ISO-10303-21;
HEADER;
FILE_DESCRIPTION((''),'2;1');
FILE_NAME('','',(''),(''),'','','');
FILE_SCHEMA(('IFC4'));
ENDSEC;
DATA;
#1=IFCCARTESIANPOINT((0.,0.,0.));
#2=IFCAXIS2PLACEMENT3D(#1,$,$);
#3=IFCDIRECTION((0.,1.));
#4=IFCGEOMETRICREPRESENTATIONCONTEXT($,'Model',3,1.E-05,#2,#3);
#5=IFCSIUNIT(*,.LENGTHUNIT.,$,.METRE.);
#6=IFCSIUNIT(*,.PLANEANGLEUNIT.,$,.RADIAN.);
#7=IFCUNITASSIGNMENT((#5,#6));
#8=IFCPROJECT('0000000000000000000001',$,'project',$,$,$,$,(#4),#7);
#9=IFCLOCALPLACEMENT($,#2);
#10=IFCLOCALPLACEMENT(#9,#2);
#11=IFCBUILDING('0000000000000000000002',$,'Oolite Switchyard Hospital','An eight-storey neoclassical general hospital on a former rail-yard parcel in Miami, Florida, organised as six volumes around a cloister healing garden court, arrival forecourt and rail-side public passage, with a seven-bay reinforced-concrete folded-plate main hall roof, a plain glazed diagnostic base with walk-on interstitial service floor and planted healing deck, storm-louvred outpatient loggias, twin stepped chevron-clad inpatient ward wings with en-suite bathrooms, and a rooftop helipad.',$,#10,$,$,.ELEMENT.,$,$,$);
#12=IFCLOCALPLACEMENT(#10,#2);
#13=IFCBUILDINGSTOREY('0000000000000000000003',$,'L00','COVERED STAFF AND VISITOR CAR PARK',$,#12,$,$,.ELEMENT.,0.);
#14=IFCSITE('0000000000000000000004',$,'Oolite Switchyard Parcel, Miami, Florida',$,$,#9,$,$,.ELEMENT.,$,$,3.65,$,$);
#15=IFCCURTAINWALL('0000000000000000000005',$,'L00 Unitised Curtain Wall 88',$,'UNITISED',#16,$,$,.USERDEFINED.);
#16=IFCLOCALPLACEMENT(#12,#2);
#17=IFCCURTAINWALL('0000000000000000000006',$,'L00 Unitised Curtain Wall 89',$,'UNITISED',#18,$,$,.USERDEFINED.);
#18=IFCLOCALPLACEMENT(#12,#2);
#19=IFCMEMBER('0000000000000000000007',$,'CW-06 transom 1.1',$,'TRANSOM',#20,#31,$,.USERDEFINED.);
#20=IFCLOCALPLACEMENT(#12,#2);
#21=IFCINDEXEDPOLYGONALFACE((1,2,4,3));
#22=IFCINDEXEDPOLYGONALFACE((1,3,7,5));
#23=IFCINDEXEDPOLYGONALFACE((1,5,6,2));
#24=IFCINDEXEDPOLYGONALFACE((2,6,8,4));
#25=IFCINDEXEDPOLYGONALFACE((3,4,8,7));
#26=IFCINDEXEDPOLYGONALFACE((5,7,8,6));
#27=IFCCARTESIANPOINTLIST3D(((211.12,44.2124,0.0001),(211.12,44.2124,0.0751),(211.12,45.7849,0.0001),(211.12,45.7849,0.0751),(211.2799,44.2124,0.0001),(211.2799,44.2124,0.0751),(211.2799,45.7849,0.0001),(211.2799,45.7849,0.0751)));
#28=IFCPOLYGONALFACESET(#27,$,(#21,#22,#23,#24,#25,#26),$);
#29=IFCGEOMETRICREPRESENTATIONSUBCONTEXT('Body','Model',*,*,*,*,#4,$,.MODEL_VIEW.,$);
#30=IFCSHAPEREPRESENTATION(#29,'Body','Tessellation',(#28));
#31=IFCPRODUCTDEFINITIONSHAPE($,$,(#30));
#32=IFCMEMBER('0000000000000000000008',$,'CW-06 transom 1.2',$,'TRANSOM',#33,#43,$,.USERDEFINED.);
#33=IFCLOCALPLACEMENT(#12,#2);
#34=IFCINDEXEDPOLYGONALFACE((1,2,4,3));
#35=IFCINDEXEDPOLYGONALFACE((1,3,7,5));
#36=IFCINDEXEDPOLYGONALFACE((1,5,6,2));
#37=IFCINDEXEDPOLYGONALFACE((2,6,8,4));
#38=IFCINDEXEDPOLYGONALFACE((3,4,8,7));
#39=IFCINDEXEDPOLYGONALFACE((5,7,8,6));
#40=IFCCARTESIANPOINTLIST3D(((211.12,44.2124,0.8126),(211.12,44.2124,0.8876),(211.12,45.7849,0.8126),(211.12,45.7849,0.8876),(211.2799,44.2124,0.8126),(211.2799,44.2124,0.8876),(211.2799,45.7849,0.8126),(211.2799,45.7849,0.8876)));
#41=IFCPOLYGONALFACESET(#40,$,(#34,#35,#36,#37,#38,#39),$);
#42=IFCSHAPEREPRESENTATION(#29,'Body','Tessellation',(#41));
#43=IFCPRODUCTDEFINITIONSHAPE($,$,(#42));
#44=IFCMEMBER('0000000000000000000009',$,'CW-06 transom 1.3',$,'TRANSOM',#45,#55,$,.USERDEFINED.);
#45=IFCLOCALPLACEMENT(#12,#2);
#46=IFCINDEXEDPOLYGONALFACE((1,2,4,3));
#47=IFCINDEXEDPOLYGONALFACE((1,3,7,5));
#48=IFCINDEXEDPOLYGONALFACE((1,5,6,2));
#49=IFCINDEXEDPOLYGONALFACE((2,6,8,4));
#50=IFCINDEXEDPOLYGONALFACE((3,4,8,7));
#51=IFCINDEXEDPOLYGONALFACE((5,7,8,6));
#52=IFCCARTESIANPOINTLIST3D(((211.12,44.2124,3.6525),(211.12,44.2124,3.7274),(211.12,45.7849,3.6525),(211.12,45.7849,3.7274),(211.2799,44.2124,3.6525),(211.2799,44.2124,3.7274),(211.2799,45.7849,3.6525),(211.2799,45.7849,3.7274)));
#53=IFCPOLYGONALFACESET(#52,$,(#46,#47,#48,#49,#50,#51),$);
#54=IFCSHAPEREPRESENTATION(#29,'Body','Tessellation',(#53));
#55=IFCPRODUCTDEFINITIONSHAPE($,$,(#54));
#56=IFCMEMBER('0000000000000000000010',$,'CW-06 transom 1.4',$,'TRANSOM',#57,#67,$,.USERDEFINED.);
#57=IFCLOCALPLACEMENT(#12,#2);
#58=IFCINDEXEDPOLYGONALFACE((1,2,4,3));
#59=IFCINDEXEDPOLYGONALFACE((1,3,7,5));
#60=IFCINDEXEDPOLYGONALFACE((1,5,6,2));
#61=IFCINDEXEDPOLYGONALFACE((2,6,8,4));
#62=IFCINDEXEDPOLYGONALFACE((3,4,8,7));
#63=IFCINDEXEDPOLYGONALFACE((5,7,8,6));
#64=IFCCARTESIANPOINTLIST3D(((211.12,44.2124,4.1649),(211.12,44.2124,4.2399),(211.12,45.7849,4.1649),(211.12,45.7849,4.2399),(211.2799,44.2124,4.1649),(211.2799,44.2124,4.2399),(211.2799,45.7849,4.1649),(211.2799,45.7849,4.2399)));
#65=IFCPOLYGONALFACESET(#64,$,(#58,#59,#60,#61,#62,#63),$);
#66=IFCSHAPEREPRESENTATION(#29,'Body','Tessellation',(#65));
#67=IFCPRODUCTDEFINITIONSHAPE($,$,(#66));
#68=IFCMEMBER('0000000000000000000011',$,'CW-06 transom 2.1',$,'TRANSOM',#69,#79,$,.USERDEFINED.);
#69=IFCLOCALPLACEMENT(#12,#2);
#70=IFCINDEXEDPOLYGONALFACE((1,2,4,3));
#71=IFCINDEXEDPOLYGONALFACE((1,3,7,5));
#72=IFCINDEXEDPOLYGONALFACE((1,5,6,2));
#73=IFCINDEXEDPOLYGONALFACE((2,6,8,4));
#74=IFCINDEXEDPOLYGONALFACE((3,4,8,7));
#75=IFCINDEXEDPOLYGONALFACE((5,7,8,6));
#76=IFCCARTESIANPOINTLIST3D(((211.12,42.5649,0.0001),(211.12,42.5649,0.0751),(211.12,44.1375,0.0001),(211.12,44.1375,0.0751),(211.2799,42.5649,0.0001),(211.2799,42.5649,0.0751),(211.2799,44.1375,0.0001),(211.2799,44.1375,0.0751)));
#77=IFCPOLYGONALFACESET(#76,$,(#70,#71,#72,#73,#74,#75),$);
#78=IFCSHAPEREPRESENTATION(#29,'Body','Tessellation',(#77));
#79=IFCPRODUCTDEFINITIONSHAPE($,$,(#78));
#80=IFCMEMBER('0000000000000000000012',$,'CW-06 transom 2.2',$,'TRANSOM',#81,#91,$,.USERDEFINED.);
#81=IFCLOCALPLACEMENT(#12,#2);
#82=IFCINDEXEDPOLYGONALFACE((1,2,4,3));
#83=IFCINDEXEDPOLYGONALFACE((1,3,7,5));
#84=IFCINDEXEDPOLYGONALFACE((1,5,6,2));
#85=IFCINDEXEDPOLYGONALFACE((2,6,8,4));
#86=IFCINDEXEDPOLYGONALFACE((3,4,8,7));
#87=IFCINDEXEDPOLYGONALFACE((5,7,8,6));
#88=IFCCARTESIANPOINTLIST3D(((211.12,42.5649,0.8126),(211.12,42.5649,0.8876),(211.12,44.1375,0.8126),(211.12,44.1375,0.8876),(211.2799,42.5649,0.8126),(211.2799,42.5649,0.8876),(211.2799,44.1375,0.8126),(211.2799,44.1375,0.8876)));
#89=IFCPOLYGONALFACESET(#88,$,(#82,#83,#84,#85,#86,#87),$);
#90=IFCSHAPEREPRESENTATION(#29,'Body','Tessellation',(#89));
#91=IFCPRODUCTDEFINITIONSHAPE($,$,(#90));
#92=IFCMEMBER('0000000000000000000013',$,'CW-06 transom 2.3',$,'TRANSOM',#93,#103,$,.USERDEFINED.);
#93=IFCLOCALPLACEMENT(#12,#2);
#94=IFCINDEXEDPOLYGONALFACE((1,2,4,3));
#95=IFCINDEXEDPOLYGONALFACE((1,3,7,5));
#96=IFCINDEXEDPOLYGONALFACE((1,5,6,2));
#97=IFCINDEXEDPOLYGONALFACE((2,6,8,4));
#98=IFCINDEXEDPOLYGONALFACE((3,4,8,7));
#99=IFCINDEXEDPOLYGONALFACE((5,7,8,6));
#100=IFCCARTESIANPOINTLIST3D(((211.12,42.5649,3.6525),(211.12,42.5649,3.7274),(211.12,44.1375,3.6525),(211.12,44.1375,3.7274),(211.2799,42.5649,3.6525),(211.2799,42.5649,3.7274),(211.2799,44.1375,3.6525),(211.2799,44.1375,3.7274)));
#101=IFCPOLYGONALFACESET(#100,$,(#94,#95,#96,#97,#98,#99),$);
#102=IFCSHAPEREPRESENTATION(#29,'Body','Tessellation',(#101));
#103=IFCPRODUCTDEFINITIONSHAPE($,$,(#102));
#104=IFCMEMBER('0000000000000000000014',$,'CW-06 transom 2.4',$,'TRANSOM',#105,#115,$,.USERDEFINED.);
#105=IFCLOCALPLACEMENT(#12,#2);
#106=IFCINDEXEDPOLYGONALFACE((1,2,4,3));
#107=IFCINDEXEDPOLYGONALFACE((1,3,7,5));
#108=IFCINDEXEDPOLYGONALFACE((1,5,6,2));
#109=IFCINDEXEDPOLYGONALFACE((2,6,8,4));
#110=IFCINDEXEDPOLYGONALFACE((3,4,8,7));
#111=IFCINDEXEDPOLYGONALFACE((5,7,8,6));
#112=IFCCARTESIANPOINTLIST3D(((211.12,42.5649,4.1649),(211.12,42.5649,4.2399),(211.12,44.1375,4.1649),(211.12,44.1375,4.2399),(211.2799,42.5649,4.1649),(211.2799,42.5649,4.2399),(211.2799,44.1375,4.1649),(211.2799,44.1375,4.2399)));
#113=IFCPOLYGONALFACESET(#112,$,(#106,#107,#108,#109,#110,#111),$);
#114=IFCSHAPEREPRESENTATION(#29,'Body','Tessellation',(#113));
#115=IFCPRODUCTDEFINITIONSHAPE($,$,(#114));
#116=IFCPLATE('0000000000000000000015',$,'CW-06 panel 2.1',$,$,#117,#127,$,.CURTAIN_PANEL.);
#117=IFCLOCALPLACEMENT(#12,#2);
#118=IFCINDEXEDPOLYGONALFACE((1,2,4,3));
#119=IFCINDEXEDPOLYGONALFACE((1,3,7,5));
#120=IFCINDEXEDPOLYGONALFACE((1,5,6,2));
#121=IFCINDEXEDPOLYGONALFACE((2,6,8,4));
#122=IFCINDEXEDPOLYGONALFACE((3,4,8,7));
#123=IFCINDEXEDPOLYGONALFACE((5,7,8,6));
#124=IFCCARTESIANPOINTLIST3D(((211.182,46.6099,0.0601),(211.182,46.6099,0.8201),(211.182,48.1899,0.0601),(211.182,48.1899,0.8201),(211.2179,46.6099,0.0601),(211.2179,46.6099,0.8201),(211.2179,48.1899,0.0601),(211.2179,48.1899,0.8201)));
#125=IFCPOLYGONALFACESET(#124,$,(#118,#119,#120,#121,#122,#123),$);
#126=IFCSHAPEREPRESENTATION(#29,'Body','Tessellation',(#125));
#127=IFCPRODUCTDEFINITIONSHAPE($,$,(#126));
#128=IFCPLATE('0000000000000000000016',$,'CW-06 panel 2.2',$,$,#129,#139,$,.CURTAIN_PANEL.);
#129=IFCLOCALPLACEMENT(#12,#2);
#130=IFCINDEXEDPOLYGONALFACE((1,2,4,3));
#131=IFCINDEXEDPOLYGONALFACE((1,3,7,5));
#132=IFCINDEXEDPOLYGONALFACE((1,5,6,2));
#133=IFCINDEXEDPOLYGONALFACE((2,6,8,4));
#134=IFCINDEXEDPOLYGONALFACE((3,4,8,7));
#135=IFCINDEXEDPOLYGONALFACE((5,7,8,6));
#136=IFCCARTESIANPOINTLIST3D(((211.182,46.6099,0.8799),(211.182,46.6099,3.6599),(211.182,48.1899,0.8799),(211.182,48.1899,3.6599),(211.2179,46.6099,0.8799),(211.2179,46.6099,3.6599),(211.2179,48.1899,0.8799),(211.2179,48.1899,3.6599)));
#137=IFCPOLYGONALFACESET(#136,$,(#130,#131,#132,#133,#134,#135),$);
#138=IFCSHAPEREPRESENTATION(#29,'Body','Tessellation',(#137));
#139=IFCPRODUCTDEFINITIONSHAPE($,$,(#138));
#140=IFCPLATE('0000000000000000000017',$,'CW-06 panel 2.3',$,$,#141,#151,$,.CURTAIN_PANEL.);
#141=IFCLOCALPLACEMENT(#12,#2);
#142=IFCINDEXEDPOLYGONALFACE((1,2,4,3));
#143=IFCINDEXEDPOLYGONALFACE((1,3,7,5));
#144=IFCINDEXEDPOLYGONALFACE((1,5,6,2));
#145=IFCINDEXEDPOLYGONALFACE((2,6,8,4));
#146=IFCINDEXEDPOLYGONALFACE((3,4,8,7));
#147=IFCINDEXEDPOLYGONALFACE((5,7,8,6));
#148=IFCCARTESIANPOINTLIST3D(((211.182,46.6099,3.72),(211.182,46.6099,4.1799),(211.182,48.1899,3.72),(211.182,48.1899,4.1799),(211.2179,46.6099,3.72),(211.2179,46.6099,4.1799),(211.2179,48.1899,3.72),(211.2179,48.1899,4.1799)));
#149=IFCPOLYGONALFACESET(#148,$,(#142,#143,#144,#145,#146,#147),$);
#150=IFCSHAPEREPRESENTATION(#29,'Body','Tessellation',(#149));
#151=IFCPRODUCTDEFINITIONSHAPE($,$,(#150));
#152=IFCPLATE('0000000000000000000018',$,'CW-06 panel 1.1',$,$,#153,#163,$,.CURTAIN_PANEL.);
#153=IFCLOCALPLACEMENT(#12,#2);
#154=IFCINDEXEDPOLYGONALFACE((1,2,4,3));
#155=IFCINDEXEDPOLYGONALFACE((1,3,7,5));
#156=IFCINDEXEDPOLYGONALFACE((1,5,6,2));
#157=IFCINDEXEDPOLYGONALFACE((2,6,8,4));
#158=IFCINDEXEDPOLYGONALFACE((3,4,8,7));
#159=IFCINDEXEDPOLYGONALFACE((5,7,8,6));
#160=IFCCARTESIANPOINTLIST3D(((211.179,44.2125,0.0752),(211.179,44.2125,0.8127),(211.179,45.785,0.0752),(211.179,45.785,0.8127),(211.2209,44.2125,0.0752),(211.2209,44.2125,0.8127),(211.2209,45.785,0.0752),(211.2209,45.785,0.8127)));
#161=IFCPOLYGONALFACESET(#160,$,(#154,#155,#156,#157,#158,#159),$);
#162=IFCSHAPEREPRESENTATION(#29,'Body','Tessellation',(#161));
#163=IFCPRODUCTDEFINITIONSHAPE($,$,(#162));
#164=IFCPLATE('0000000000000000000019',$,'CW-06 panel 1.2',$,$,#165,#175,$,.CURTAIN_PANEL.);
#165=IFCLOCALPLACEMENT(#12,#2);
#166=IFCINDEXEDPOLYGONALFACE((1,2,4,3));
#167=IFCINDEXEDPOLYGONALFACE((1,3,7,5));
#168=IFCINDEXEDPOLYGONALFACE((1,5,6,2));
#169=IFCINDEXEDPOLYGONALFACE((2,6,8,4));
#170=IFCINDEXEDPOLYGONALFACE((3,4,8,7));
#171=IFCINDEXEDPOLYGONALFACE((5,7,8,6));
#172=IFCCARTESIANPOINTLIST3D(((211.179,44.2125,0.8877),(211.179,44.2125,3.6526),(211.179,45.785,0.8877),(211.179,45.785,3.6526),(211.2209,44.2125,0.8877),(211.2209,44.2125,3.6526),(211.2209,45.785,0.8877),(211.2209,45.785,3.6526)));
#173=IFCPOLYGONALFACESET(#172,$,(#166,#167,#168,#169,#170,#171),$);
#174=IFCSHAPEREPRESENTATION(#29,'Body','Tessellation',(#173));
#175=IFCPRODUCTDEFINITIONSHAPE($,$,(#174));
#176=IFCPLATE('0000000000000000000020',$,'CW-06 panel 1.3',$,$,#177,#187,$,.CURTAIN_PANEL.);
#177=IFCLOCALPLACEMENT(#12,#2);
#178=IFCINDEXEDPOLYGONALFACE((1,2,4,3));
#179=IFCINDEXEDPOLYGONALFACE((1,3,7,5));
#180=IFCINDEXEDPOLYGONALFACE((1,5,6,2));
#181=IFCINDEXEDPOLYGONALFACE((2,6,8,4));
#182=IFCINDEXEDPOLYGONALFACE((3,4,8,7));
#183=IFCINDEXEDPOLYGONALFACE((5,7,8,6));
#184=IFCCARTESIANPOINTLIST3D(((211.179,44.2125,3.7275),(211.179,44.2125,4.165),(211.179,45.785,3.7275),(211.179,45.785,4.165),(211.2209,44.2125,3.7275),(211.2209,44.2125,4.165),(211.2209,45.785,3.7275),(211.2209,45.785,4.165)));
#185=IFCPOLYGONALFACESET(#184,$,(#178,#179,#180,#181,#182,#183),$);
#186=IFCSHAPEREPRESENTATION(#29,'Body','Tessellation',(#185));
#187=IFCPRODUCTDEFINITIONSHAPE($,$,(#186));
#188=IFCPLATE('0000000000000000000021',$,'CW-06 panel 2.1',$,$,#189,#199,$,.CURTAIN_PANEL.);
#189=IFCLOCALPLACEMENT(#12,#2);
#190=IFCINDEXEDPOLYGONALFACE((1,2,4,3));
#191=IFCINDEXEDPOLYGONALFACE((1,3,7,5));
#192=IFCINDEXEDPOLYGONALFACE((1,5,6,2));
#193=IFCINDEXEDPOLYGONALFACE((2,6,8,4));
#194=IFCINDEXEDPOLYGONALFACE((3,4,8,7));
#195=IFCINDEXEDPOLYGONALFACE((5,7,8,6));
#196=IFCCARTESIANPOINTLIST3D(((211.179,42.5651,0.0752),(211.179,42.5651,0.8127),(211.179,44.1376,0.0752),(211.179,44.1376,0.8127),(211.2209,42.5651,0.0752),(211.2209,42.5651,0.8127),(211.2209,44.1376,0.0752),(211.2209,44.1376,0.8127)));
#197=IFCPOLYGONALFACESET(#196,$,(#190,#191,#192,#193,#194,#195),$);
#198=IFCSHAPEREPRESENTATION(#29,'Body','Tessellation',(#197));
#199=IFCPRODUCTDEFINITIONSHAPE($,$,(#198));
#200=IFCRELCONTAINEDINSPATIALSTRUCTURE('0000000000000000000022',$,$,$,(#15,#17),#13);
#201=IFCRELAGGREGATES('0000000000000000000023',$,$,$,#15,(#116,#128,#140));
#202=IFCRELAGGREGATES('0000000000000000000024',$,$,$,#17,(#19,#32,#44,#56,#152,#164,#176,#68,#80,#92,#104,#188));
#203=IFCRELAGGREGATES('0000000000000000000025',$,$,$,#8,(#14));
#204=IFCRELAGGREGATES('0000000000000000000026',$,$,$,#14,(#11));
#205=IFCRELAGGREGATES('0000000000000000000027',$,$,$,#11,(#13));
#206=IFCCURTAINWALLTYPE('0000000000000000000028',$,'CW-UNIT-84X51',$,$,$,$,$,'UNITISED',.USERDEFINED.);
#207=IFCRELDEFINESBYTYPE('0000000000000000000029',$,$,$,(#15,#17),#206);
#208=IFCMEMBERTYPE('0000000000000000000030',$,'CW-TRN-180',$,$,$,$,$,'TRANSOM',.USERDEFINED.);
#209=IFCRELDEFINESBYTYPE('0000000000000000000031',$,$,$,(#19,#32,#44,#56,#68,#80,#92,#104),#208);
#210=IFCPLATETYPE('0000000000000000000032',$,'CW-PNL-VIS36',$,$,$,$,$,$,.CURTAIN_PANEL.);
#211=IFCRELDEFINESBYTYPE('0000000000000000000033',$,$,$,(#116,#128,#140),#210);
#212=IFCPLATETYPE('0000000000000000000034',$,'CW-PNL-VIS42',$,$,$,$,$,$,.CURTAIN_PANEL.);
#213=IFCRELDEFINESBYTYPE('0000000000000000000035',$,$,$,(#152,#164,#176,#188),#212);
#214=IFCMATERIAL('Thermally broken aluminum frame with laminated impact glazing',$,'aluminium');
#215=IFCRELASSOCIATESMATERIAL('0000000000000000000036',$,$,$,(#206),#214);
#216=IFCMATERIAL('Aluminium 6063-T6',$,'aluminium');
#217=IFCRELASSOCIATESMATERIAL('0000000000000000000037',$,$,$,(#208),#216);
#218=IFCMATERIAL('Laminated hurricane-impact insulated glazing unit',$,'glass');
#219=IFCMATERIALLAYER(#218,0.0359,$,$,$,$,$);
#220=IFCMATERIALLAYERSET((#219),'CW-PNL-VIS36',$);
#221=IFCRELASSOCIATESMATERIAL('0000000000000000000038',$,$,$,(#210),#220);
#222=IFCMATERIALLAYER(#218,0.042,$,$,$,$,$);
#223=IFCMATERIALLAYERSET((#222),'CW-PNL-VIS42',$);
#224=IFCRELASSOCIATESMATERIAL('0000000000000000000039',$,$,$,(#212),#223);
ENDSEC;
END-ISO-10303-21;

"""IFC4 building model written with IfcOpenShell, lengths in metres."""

from ifc_helpers import new_model, si_unit, direction, frame, origin, origin_2d, place, context, subcontext, project, spatial, rectangle, extrude, material, layer, layer_set, material_profile, profile_set, type_object, element, aggregate, save


model = new_model("IFC4")

# Units and contexts
model_context = context("Model", 3, precision=1e-05, world=origin(), true_north=direction((0.0, 1.0)))
body_context = subcontext(model_context, "Body", "Model", "MODEL_VIEW")
ifc_project = project(units=[si_unit("LENGTHUNIT", "METRE"), si_unit("PLANEANGLEUNIT", "RADIAN")], contexts=[model_context])

# Site, building, storey
site_placement = place(None, origin())
site = spatial("IfcSite", under=ifc_project, at=site_placement, Name="Oolite Switchyard Parcel, Miami, Florida", CompositionType="ELEMENT", RefElevation=3.65)
building_placement = place(site_placement, origin())
building = spatial("IfcBuilding", under=site, at=building_placement, Name="Oolite Switchyard Hospital", Description="An eight-storey neoclassical general hospital on a former rail-yard parcel in Miami, Florida, organised as six volumes around a cloister healing garden court, arrival forecourt and rail-side public passage, with a seven-bay reinforced-concrete folded-plate main hall roof, a plain glazed diagnostic base with walk-on interstitial service floor and planted healing deck, storm-louvred outpatient loggias, twin stepped chevron-clad inpatient ward wings with en-suite bathrooms, and a rooftop helipad.", CompositionType="ELEMENT")
storey_placement = place(building_placement, origin())
storey = spatial("IfcBuildingStorey", under=building, at=storey_placement, Name="L00", Description="COVERED STAFF AND VISITOR CAR PARK", CompositionType="ELEMENT", Elevation=0.0)

# Curtain wall
ifc_material_1 = material(Name="Thermally broken aluminum frame with laminated impact glazing", Category="aluminium")
curtain_wall_type = type_object("IfcCurtainWallType", Name="CW-UNIT-84X51", ElementType="UNITISED", PredefinedType="USERDEFINED", material=ifc_material_1)
curtain_wall_1_placement = place(storey_placement, origin())
curtain_wall_1 = element("IfcCurtainWall", 1, at=curtain_wall_1_placement, inside=storey, type_object=curtain_wall_type, Name="L00 Unitised Curtain Wall 88", ObjectType="UNITISED", PredefinedType="USERDEFINED")
ifc_material_2 = material(Name="Aluminium 6063-T6", Category="aluminium")

# Curtain wall, members
curtain_wall_2_placement = place(storey_placement, origin())
curtain_wall_2 = element("IfcCurtainWall", 2, at=curtain_wall_2_placement, inside=storey, type_object=curtain_wall_type, Name="L00 Unitised Curtain Wall 89", ObjectType="UNITISED", PredefinedType="USERDEFINED")
ifc_material_profile_1 = material_profile(ifc_material_2, rectangle(XDim=0.1599, YDim=0.075, at=origin_2d()), Name="CWT75X160")
ifc_profile_set_1 = profile_set([ifc_material_profile_1], Name="Aluminium 6063-T6")
member_type_1 = type_object("IfcMemberType", Name="CW-TRN-180", ElementType="TRANSOM", PredefinedType="USERDEFINED", material=ifc_profile_set_1)
member_1_placement = place(storey_placement, frame((211.2, 45.7849, 0.0376), z_axis=(0.0, -1.0, 0.0), x_axis=(1.0, 0.0, 0.0)))
member_1 = element("IfcMember", 3, at=member_1_placement, type_object=member_type_1, Name="CW-06 transom 1.1", ObjectType="TRANSOM", PredefinedType="USERDEFINED", context=body_context, shape_type="SweptSolid", body=[
    extrude(rectangle(XDim=0.1599, YDim=0.075, at=origin_2d()), origin(), (0.0, 0.0, 1.0), 1.5725),
])
member_2_placement = place(storey_placement, frame((211.2, 45.7849, 0.8501), z_axis=(0.0, -1.0, 0.0), x_axis=(1.0, 0.0, 0.0)))
member_2 = element("IfcMember", 4, at=member_2_placement, type_object=member_type_1, Name="CW-06 transom 1.2", ObjectType="TRANSOM", PredefinedType="USERDEFINED", context=body_context, shape_type="SweptSolid", body=[
    extrude(rectangle(XDim=0.1599, YDim=0.075, at=origin_2d()), origin(), (0.0, 0.0, 1.0), 1.5725),
])
member_3_placement = place(storey_placement, frame((211.2, 45.7849, 3.6899), z_axis=(0.0, -1.0, 0.0), x_axis=(1.0, 0.0, 0.0)))
member_3 = element("IfcMember", 5, at=member_3_placement, type_object=member_type_1, Name="CW-06 transom 1.3", ObjectType="TRANSOM", PredefinedType="USERDEFINED", context=body_context, shape_type="SweptSolid", body=[
    extrude(rectangle(XDim=0.1599, YDim=0.075, at=origin_2d()), origin(), (0.0, 0.0, 1.0), 1.5725),
])
member_4_placement = place(storey_placement, frame((211.2, 45.7849, 4.2024), z_axis=(0.0, -1.0, 0.0), x_axis=(1.0, 0.0, 0.0)))
member_4 = element("IfcMember", 6, at=member_4_placement, type_object=member_type_1, Name="CW-06 transom 1.4", ObjectType="TRANSOM", PredefinedType="USERDEFINED", context=body_context, shape_type="SweptSolid", body=[
    extrude(rectangle(XDim=0.1599, YDim=0.075, at=origin_2d()), origin(), (0.0, 0.0, 1.0), 1.5725),
])
member_5_placement = place(storey_placement, frame((211.2, 44.1375, 0.0376), z_axis=(0.0, -1.0, 0.0), x_axis=(1.0, 0.0, 0.0)))
member_5 = element("IfcMember", 7, at=member_5_placement, type_object=member_type_1, Name="CW-06 transom 2.1", ObjectType="TRANSOM", PredefinedType="USERDEFINED", context=body_context, shape_type="SweptSolid", body=[
    extrude(rectangle(XDim=0.1599, YDim=0.075, at=origin_2d()), origin(), (0.0, 0.0, 1.0), 1.5725),
])
member_6_placement = place(storey_placement, frame((211.2, 44.1375, 0.8501), z_axis=(0.0, -1.0, 0.0), x_axis=(1.0, 0.0, 0.0)))
member_6 = element("IfcMember", 8, at=member_6_placement, type_object=member_type_1, Name="CW-06 transom 2.2", ObjectType="TRANSOM", PredefinedType="USERDEFINED", context=body_context, shape_type="SweptSolid", body=[
    extrude(rectangle(XDim=0.1599, YDim=0.075, at=origin_2d()), origin(), (0.0, 0.0, 1.0), 1.5725),
])
member_7_placement = place(storey_placement, frame((211.2, 44.1375, 3.6899), z_axis=(0.0, -1.0, 0.0), x_axis=(1.0, 0.0, 0.0)))
member_7 = element("IfcMember", 9, at=member_7_placement, type_object=member_type_1, Name="CW-06 transom 2.3", ObjectType="TRANSOM", PredefinedType="USERDEFINED", context=body_context, shape_type="SweptSolid", body=[
    extrude(rectangle(XDim=0.1599, YDim=0.075, at=origin_2d()), origin(), (0.0, 0.0, 1.0), 1.5725),
])
member_8_placement = place(storey_placement, frame((211.2, 44.1375, 4.2024), z_axis=(0.0, -1.0, 0.0), x_axis=(1.0, 0.0, 0.0)))
member_8 = element("IfcMember", 10, at=member_8_placement, type_object=member_type_1, Name="CW-06 transom 2.4", ObjectType="TRANSOM", PredefinedType="USERDEFINED", context=body_context, shape_type="SweptSolid", body=[
    extrude(rectangle(XDim=0.1599, YDim=0.075, at=origin_2d()), origin(), (0.0, 0.0, 1.0), 1.5725),
])

# Plates
ifc_material_3 = material(Name="Laminated hurricane-impact insulated glazing unit", Category="glass")
ifc_layer_1 = layer(ifc_material_3, 0.0359)
ifc_layer_set_1 = layer_set([ifc_layer_1], Name="CW-PNL-VIS36")
plate_type_1 = type_object("IfcPlateType", Name="CW-PNL-VIS36", PredefinedType="CURTAIN_PANEL", material=ifc_layer_set_1)
plate_1_placement = place(storey_placement, frame((211.2, 47.3999, 0.0601), z_axis=(0.0, 0.0, 1.0), x_axis=(0.0, -1.0, 0.0)))
plate_1 = element("IfcPlate", 11, at=plate_1_placement, type_object=plate_type_1, Name="CW-06 panel 2.1", PredefinedType="CURTAIN_PANEL", context=body_context, shape_type="SweptSolid", body=[
    extrude(rectangle(XDim=1.5801, YDim=0.0359, at=origin_2d()), origin(), (0.0, 0.0, 1.0), 0.76),
])
plate_2_placement = place(storey_placement, frame((211.2, 47.3999, 0.8799), z_axis=(0.0, 0.0, 1.0), x_axis=(0.0, -1.0, 0.0)))
plate_2 = element("IfcPlate", 12, at=plate_2_placement, type_object=plate_type_1, Name="CW-06 panel 2.2", PredefinedType="CURTAIN_PANEL", context=body_context, shape_type="SweptSolid", body=[
    extrude(rectangle(XDim=1.5801, YDim=0.0359, at=origin_2d()), origin(), (0.0, 0.0, 1.0), 2.78),
])
plate_3_placement = place(storey_placement, frame((211.2, 47.3999, 3.72), z_axis=(0.0, 0.0, 1.0), x_axis=(0.0, -1.0, 0.0)))
plate_3 = element("IfcPlate", 13, at=plate_3_placement, type_object=plate_type_1, Name="CW-06 panel 2.3", PredefinedType="CURTAIN_PANEL", context=body_context, shape_type="SweptSolid", body=[
    extrude(rectangle(XDim=1.5801, YDim=0.0359, at=origin_2d()), origin(), (0.0, 0.0, 1.0), 0.46),
])
aggregate(curtain_wall_1, [plate_1, plate_2, plate_3])
ifc_layer_2 = layer(ifc_material_3, 0.042)
ifc_layer_set_2 = layer_set([ifc_layer_2], Name="CW-PNL-VIS42")
plate_type_2 = type_object("IfcPlateType", Name="CW-PNL-VIS42", PredefinedType="CURTAIN_PANEL", material=ifc_layer_set_2)
plate_4_placement = place(storey_placement, frame((211.2, 44.9988, 0.0752), z_axis=(0.0, 0.0, 1.0), x_axis=(0.0, -1.0, 0.0)))
plate_4 = element("IfcPlate", 14, at=plate_4_placement, type_object=plate_type_2, Name="CW-06 panel 1.1", PredefinedType="CURTAIN_PANEL", context=body_context, shape_type="SweptSolid", body=[
    extrude(rectangle(XDim=1.5725, YDim=0.042, at=origin_2d()), origin(), (0.0, 0.0, 1.0), 0.7375),
])
plate_5_placement = place(storey_placement, frame((211.2, 44.9988, 0.8877), z_axis=(0.0, 0.0, 1.0), x_axis=(0.0, -1.0, 0.0)))
plate_5 = element("IfcPlate", 15, at=plate_5_placement, type_object=plate_type_2, Name="CW-06 panel 1.2", PredefinedType="CURTAIN_PANEL", context=body_context, shape_type="SweptSolid", body=[
    extrude(rectangle(XDim=1.5725, YDim=0.042, at=origin_2d()), origin(), (0.0, 0.0, 1.0), 2.7649),
])
plate_6_placement = place(storey_placement, frame((211.2, 44.9988, 3.7275), z_axis=(0.0, 0.0, 1.0), x_axis=(0.0, -1.0, 0.0)))
plate_6 = element("IfcPlate", 16, at=plate_6_placement, type_object=plate_type_2, Name="CW-06 panel 1.3", PredefinedType="CURTAIN_PANEL", context=body_context, shape_type="SweptSolid", body=[
    extrude(rectangle(XDim=1.5725, YDim=0.042, at=origin_2d()), origin(), (0.0, 0.0, 1.0), 0.4375),
])
plate_7_placement = place(storey_placement, frame((211.2, 43.3513, 0.0752), z_axis=(0.0, 0.0, 1.0), x_axis=(0.0, -1.0, 0.0)))
plate_7 = element("IfcPlate", 17, at=plate_7_placement, type_object=plate_type_2, Name="CW-06 panel 2.1", PredefinedType="CURTAIN_PANEL", context=body_context, shape_type="SweptSolid", body=[
    extrude(rectangle(XDim=1.5725, YDim=0.042, at=origin_2d()), origin(), (0.0, 0.0, 1.0), 0.7375),
])
aggregate(curtain_wall_2, [member_1, member_2, member_3, member_4, plate_4, plate_5, plate_6, member_5, member_6, member_7, member_8, plate_7])

save(model, "model.ifc")
